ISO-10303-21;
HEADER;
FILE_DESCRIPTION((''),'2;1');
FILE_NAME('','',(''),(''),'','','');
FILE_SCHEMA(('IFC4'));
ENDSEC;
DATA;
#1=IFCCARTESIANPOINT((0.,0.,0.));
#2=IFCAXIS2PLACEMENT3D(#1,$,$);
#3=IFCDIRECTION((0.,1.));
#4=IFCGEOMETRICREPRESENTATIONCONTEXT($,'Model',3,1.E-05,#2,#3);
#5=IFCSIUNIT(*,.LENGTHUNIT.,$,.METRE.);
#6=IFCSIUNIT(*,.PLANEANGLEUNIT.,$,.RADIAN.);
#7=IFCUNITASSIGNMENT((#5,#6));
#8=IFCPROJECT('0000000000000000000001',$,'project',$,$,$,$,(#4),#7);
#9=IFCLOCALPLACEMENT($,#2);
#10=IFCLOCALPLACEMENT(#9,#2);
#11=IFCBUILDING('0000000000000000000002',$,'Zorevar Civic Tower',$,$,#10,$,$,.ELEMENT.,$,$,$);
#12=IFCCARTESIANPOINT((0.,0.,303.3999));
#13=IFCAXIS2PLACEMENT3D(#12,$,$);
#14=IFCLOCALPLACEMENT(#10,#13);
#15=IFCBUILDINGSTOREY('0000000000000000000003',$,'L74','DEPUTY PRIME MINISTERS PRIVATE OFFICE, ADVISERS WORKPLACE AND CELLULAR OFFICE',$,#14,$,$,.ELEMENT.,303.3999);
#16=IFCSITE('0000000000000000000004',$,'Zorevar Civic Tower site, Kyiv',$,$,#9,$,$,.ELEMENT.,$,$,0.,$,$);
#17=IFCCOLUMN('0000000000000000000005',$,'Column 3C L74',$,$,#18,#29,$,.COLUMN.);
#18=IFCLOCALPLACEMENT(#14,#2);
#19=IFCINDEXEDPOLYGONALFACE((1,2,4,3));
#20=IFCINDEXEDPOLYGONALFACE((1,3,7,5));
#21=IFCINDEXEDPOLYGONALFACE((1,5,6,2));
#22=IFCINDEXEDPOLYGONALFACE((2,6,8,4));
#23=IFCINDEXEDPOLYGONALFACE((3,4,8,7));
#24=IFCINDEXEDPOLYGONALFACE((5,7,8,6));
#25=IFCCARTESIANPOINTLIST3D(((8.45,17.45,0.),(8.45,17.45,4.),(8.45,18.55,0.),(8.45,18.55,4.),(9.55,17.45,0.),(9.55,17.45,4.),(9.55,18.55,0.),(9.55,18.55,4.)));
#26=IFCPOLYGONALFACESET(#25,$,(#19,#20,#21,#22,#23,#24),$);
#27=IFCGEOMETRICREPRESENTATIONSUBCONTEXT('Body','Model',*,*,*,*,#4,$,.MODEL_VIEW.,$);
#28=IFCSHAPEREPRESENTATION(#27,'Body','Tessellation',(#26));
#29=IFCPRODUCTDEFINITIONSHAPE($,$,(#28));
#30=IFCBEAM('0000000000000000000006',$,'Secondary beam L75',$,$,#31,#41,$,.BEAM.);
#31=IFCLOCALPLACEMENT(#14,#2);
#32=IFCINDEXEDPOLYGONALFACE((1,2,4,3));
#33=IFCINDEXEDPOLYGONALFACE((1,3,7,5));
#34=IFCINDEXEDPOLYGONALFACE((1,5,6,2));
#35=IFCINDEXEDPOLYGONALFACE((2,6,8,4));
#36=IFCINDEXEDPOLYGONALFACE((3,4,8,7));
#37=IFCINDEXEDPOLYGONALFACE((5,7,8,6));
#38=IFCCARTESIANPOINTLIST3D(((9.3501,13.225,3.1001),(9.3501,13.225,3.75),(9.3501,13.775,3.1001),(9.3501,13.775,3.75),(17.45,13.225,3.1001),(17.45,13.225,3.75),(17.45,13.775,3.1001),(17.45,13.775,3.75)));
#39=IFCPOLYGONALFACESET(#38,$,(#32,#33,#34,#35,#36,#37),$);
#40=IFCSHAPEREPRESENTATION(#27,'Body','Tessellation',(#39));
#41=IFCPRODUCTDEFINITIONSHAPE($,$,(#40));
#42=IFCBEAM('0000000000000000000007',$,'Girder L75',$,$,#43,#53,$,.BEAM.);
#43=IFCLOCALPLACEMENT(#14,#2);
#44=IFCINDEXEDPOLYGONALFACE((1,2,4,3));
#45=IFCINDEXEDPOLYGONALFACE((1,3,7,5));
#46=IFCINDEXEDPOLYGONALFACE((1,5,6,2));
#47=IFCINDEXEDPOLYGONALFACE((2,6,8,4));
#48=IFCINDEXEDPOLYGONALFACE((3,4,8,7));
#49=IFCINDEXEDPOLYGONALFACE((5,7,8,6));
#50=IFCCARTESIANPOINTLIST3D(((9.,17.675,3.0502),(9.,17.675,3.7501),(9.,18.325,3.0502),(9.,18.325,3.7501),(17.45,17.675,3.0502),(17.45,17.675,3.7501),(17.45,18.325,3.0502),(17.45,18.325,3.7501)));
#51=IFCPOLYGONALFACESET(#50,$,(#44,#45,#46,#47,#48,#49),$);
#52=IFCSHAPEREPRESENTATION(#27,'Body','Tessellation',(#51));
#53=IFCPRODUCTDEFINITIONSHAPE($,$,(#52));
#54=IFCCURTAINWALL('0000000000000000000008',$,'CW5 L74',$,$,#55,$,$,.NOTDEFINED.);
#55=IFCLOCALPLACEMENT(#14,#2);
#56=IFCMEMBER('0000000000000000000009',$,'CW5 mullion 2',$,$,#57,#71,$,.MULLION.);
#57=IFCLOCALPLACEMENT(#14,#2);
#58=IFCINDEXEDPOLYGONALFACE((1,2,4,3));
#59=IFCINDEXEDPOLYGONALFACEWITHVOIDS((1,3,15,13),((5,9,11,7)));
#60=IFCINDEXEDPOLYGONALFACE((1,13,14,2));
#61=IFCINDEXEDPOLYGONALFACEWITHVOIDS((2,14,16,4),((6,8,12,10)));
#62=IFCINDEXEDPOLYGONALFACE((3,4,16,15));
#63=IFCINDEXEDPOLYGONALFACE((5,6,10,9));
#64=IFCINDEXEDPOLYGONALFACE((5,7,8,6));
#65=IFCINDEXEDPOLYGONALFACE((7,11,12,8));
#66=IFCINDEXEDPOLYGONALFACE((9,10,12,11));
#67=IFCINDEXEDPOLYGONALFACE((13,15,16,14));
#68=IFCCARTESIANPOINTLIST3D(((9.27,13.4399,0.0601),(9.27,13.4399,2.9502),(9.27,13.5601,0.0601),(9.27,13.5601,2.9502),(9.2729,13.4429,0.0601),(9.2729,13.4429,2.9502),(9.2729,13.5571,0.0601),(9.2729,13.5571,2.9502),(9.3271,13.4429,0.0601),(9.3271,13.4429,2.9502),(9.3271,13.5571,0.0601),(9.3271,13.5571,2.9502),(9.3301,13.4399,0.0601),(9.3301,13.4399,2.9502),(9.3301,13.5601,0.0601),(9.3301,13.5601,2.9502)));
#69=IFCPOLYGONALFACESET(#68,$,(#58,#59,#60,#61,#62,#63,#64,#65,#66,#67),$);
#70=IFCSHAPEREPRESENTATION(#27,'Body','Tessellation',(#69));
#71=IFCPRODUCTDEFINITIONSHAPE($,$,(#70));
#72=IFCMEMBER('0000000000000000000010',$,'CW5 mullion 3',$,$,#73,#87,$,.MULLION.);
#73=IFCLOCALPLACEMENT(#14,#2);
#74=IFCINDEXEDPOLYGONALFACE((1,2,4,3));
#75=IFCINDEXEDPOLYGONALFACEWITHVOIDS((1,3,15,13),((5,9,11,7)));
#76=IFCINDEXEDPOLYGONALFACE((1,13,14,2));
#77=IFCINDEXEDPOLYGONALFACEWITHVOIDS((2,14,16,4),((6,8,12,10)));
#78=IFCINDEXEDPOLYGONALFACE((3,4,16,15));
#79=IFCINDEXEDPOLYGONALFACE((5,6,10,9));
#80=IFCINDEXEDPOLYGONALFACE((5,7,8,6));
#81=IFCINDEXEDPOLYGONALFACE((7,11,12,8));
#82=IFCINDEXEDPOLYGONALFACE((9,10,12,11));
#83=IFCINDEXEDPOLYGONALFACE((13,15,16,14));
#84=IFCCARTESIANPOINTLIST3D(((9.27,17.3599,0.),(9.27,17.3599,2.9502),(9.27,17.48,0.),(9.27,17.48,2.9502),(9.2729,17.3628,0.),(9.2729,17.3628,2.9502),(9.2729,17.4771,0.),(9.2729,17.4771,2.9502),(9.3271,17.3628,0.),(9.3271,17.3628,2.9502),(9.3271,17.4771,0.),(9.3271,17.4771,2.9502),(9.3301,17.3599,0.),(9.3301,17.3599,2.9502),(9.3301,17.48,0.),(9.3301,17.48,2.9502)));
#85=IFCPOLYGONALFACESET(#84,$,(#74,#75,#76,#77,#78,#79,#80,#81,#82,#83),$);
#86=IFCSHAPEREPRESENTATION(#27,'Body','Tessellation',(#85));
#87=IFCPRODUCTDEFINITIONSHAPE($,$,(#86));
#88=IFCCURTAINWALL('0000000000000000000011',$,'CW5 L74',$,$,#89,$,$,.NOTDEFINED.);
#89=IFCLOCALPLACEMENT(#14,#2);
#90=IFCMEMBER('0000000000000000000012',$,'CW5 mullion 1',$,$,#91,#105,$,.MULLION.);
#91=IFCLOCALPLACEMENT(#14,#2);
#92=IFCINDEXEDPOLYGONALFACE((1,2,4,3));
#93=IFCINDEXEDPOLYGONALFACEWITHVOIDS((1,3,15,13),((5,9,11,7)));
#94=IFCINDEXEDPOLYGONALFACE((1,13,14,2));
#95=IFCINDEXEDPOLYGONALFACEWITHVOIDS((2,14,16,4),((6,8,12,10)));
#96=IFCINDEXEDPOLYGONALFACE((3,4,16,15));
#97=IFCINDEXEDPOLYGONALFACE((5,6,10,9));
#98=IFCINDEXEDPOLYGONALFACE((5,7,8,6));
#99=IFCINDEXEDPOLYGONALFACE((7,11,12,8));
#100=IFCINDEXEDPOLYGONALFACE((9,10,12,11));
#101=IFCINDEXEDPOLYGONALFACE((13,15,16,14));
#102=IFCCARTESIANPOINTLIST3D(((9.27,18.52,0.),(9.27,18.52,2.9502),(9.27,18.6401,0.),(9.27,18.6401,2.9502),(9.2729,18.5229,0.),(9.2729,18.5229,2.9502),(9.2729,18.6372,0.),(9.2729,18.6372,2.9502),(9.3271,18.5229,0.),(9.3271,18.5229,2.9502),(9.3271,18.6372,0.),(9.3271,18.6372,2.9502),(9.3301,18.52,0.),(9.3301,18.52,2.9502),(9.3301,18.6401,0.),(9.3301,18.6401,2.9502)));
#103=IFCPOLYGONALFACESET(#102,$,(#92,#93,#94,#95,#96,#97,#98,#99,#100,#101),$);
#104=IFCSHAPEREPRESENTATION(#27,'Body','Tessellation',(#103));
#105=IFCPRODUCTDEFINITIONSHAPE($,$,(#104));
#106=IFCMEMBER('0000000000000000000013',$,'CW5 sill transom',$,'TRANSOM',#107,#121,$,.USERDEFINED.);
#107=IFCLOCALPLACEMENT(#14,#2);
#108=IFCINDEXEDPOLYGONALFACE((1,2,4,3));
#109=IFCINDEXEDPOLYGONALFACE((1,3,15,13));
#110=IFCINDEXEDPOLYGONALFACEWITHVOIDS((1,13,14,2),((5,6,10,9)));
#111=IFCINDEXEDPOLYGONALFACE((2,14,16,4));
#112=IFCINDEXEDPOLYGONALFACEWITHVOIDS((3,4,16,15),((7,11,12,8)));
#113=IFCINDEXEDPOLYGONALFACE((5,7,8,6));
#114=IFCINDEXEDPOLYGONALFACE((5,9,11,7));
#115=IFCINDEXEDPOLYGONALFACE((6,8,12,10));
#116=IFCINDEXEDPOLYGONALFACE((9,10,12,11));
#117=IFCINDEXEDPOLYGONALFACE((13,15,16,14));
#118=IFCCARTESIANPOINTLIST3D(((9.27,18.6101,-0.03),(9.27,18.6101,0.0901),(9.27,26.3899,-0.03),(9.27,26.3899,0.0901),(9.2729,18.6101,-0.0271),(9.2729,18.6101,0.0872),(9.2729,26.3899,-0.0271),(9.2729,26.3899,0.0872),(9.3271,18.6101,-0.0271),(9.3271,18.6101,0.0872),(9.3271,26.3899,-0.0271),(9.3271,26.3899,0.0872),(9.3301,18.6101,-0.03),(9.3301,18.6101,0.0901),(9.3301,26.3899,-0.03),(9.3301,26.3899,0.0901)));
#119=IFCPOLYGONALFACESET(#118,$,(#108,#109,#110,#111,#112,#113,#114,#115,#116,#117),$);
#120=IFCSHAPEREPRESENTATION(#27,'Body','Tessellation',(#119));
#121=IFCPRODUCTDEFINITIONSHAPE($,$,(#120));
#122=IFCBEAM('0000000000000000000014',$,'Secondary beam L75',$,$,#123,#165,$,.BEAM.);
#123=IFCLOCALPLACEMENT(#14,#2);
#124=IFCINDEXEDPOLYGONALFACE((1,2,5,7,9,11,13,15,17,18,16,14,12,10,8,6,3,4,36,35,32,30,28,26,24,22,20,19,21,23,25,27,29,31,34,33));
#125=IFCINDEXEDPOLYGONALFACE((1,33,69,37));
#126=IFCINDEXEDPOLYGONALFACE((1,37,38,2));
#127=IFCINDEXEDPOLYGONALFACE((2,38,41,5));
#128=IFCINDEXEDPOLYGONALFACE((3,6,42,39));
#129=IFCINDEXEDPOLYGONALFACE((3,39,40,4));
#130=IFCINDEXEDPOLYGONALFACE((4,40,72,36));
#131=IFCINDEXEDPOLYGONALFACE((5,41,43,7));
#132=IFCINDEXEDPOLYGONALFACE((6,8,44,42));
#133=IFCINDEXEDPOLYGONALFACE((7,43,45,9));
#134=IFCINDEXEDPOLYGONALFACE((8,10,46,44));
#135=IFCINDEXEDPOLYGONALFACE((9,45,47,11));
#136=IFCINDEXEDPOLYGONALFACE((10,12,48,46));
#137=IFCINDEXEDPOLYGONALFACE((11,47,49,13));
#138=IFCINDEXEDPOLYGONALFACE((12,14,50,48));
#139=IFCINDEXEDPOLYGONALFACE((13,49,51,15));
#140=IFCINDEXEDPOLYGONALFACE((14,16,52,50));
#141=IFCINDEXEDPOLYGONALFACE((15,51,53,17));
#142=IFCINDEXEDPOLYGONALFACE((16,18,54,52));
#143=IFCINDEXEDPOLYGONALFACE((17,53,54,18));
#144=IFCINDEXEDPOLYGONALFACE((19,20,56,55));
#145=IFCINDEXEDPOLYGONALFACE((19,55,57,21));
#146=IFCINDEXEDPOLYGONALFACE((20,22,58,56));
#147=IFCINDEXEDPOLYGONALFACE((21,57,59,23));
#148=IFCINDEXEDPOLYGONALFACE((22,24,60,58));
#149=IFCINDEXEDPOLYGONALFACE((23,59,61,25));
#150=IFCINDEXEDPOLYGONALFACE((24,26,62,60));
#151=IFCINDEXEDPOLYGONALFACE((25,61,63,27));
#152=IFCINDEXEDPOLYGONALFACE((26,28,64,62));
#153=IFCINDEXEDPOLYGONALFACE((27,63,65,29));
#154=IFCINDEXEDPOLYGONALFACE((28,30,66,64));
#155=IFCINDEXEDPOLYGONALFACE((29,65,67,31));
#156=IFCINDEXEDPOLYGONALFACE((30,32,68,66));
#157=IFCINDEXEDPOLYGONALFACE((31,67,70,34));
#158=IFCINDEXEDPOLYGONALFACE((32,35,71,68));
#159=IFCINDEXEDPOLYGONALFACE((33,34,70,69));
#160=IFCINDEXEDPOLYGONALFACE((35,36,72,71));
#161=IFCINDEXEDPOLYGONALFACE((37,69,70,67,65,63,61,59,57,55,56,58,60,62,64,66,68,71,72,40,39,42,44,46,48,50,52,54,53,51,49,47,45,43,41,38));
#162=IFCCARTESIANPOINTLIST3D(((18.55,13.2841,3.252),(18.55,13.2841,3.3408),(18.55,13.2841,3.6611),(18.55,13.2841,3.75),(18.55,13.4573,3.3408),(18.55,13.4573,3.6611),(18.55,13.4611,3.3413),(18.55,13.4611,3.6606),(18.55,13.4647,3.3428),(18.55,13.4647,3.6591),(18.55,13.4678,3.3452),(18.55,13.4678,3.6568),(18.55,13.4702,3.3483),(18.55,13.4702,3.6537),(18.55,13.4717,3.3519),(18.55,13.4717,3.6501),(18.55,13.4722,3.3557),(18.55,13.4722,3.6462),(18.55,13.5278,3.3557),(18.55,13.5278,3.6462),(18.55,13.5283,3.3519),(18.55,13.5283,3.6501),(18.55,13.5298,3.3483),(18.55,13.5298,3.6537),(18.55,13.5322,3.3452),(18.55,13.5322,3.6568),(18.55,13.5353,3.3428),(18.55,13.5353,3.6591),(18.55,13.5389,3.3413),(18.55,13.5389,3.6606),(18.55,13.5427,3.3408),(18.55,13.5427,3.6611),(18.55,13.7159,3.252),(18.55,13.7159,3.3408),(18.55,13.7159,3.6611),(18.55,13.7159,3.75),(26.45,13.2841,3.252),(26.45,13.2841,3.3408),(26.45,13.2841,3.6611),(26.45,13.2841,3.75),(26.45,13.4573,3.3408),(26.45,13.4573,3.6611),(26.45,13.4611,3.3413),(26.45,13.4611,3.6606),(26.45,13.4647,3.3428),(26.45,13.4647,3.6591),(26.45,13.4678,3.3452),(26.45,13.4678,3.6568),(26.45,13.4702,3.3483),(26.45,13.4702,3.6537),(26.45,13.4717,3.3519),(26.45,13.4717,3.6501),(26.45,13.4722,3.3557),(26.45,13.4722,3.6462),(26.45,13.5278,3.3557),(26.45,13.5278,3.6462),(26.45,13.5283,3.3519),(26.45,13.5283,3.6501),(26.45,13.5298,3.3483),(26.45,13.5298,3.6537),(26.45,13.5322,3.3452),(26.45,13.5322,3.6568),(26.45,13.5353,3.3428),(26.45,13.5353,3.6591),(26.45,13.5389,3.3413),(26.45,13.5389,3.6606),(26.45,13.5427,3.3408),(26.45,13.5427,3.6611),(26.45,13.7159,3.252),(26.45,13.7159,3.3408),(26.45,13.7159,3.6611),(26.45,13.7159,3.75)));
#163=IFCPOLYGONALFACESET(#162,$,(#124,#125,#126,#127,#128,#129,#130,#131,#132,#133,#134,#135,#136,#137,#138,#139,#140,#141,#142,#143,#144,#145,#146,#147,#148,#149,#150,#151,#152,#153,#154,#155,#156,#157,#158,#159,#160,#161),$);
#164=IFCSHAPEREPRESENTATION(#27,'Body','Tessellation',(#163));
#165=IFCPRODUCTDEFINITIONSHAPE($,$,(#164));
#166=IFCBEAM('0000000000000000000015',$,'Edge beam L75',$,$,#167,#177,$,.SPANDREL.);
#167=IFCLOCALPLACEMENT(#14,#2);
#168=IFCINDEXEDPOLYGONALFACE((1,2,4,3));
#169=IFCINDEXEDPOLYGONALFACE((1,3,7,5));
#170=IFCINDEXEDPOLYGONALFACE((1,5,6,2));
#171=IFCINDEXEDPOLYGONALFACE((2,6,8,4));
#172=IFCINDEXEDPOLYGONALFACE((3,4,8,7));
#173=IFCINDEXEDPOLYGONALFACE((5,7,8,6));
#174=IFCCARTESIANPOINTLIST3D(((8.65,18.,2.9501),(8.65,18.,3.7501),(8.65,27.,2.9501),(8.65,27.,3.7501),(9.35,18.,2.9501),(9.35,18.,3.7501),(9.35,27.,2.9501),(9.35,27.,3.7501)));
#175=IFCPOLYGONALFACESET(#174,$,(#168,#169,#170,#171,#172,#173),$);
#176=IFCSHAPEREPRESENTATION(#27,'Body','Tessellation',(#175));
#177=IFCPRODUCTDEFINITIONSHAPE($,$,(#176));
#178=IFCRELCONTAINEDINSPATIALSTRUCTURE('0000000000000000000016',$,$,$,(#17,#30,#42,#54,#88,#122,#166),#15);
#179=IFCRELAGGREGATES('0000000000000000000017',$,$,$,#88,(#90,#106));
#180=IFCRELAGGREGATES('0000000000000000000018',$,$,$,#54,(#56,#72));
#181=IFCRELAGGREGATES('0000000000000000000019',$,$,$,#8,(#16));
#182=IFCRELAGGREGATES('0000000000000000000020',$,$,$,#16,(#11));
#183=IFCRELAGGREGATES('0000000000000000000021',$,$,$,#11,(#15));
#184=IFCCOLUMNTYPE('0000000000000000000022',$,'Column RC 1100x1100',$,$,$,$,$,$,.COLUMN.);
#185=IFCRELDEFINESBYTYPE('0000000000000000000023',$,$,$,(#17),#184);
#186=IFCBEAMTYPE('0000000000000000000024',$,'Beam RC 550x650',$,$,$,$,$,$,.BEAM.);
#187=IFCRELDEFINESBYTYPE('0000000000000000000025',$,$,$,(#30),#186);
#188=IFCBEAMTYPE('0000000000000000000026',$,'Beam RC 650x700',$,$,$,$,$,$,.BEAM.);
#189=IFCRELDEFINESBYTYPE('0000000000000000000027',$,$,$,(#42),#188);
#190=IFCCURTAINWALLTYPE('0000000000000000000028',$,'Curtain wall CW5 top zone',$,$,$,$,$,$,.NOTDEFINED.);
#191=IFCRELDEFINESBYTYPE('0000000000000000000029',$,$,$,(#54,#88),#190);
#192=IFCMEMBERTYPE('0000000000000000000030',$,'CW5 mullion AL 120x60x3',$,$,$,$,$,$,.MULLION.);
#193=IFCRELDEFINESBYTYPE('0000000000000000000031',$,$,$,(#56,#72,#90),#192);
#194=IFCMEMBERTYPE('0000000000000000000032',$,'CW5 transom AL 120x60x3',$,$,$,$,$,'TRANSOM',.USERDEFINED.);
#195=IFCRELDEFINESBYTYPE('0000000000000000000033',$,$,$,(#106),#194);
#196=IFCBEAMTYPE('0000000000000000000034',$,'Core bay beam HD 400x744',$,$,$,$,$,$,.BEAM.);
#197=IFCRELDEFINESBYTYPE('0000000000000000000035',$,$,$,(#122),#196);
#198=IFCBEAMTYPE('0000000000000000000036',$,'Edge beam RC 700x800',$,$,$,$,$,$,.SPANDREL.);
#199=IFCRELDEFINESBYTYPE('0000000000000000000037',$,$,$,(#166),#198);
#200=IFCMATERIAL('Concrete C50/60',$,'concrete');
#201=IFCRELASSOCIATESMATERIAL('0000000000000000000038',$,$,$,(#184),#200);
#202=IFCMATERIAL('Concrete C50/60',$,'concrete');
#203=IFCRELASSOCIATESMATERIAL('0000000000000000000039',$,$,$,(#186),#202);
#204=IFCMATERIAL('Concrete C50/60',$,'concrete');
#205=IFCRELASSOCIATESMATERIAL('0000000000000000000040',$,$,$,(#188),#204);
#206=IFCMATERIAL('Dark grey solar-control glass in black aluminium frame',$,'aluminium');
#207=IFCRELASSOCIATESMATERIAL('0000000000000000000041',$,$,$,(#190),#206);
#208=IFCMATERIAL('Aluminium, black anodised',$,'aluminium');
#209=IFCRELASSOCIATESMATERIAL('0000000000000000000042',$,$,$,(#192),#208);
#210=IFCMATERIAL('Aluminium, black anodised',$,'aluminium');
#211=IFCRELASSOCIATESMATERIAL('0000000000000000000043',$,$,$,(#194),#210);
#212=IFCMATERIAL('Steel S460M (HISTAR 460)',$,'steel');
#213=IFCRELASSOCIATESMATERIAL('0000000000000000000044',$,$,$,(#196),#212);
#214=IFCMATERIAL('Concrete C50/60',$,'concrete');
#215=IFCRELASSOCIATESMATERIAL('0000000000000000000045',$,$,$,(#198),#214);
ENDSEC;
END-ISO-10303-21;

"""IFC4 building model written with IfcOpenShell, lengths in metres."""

from ifc_helpers import new_model, si_unit, direction, frame, origin, origin_2d, place, context, subcontext, project, spatial, rectangle, hollow_rectangle, i_section, extrude, material, material_profile, profile_set, type_object, element, aggregate, save


model = new_model("IFC4")

# Units and contexts
model_context = context("Model", 3, precision=1e-05, world=origin(), true_north=direction((0.0, 1.0)))
body_context = subcontext(model_context, "Body", "Model", "MODEL_VIEW")
ifc_project = project(units=[si_unit("LENGTHUNIT", "METRE"), si_unit("PLANEANGLEUNIT", "RADIAN")], contexts=[model_context])

# Site, building, storey
site_placement = place(None, origin())
site = spatial("IfcSite", under=ifc_project, at=site_placement, Name="Zorevar Civic Tower site, Kyiv", CompositionType="ELEMENT", RefElevation=0.0)
building_placement = place(site_placement, origin())
building = spatial("IfcBuilding", under=site, at=building_placement, Name="Zorevar Civic Tower", CompositionType="ELEMENT")
storey_placement = place(building_placement, frame((0.0, 0.0, 303.3999)))
storey = spatial("IfcBuildingStorey", under=building, at=storey_placement, Name="L74", Description="DEPUTY PRIME MINISTERS PRIVATE OFFICE, ADVISERS WORKPLACE AND CELLULAR OFFICE", CompositionType="ELEMENT", Elevation=303.3999)

# Column
ifc_material_1 = material(Name="Concrete C50/60", Category="concrete")
ifc_material_profile_1 = material_profile(ifc_material_1, rectangle(XDim=1.1001, YDim=1.1001, at=origin_2d()), Name="RC 1100x1100")
ifc_profile_set_1 = profile_set([ifc_material_profile_1], Name="Concrete C50/60")
column_type = type_object("IfcColumnType", Name="Column RC 1100x1100", PredefinedType="COLUMN", material=ifc_profile_set_1)
column_placement = place(storey_placement, frame((9.0, 18.0, 0.0), z_axis=(0.0, 0.0, 1.0), x_axis=(1.0, 0.0, 0.0)))
element("IfcColumn", 1, at=column_placement, inside=storey, type_object=column_type, Name="Column 3C L74", PredefinedType="COLUMN", context=body_context, shape_type="SweptSolid", body=[
    extrude(rectangle(XDim=1.1001, YDim=1.1001, at=origin_2d()), origin(), (0.0, 0.0, 1.0), 4.0),
])

# Beams
ifc_material_2 = material(Name="Concrete C50/60", Category="concrete")
ifc_material_profile_2 = material_profile(ifc_material_2, rectangle(XDim=0.55, YDim=0.6499, at=origin_2d()), Name="RC 550x650")
ifc_profile_set_2 = profile_set([ifc_material_profile_2], Name="Concrete C50/60")
beam_type_1 = type_object("IfcBeamType", Name="Beam RC 550x650", PredefinedType="BEAM", material=ifc_profile_set_2)
beam_1_placement = place(storey_placement, frame((9.3501, 13.5, 3.425), z_axis=(1.0, 0.0, 0.0), x_axis=(0.0, 1.0, 0.0)))
element("IfcBeam", 2, at=beam_1_placement, inside=storey, type_object=beam_type_1, Name="Secondary beam L75", PredefinedType="BEAM", context=body_context, shape_type="SweptSolid", body=[
    extrude(rectangle(XDim=0.55, YDim=0.6499, at=origin_2d()), origin(), (0.0, 0.0, 1.0), 8.0999),
])
ifc_material_3 = material(Name="Concrete C50/60", Category="concrete")
ifc_material_profile_3 = material_profile(ifc_material_3, rectangle(XDim=0.6499, YDim=0.7, at=origin_2d()), Name="RC 650x700")
ifc_profile_set_3 = profile_set([ifc_material_profile_3], Name="Concrete C50/60")
beam_type_2 = type_object("IfcBeamType", Name="Beam RC 650x700", PredefinedType="BEAM", material=ifc_profile_set_3)
beam_2_placement = place(storey_placement, frame((9.0, 18.0, 3.4001), z_axis=(1.0, 0.0, 0.0), x_axis=(0.0, 1.0, 0.0)))
element("IfcBeam", 3, at=beam_2_placement, inside=storey, type_object=beam_type_2, Name="Girder L75", PredefinedType="BEAM", context=body_context, shape_type="SweptSolid", body=[
    extrude(rectangle(XDim=0.6499, YDim=0.7, at=origin_2d()), origin(), (0.0, 0.0, 1.0), 8.45),
])

# Curtain walls, members
ifc_material_4 = material(Name="Dark grey solar-control glass in black aluminium frame", Category="aluminium")
curtain_wall_type = type_object("IfcCurtainWallType", Name="Curtain wall CW5 top zone", PredefinedType="NOTDEFINED", material=ifc_material_4)
curtain_wall_1_placement = place(storey_placement, origin())
curtain_wall_1 = element("IfcCurtainWall", 4, at=curtain_wall_1_placement, inside=storey, type_object=curtain_wall_type, Name="CW5 L74", PredefinedType="NOTDEFINED")
ifc_material_5 = material(Name="Aluminium, black anodised", Category="aluminium")
ifc_material_profile_4 = material_profile(ifc_material_5, hollow_rectangle(XDim=0.0601, YDim=0.1201, WallThickness=0.0029, at=origin_2d()), Name="AL 120x60x3")
ifc_profile_set_4 = profile_set([ifc_material_profile_4], Name="Aluminium, black anodised")
member_type_1 = type_object("IfcMemberType", Name="CW5 mullion AL 120x60x3", PredefinedType="MULLION", material=ifc_profile_set_4)
member_1_placement = place(storey_placement, frame((9.3, 13.5, 0.0601), z_axis=(0.0, 0.0, 1.0), x_axis=(-1.0, 0.0, 0.0)))
member_1 = element("IfcMember", 5, at=member_1_placement, type_object=member_type_1, Name="CW5 mullion 2", PredefinedType="MULLION", context=body_context, shape_type="SweptSolid", body=[
    extrude(hollow_rectangle(XDim=0.0601, YDim=0.1201, WallThickness=0.0029, at=origin_2d()), origin(), (0.0, 0.0, 1.0), 2.8901),
])
member_2_placement = place(storey_placement, frame((9.3, 17.4199, 0.0), z_axis=(0.0, 0.0, 1.0), x_axis=(-1.0, 0.0, 0.0)))
member_2 = element("IfcMember", 6, at=member_2_placement, type_object=member_type_1, Name="CW5 mullion 3", PredefinedType="MULLION", context=body_context, shape_type="SweptSolid", body=[
    extrude(hollow_rectangle(XDim=0.0601, YDim=0.1201, WallThickness=0.0029, at=origin_2d()), origin(), (0.0, 0.0, 1.0), 2.9502),
])
curtain_wall_2_placement = place(storey_placement, origin())
curtain_wall_2 = element("IfcCurtainWall", 7, at=curtain_wall_2_placement, inside=storey, type_object=curtain_wall_type, Name="CW5 L74", PredefinedType="NOTDEFINED")
member_3_placement = place(storey_placement, frame((9.3, 18.5801, 0.0), z_axis=(0.0, 0.0, 1.0), x_axis=(-1.0, 0.0, 0.0)))
member_3 = element("IfcMember", 8, at=member_3_placement, type_object=member_type_1, Name="CW5 mullion 1", PredefinedType="MULLION", context=body_context, shape_type="SweptSolid", body=[
    extrude(hollow_rectangle(XDim=0.0601, YDim=0.1201, WallThickness=0.0029, at=origin_2d()), origin(), (0.0, 0.0, 1.0), 2.9502),
])
ifc_material_6 = material(Name="Aluminium, black anodised", Category="aluminium")
ifc_material_profile_5 = material_profile(ifc_material_6, hollow_rectangle(XDim=0.0601, YDim=0.1201, WallThickness=0.0029, at=origin_2d()), Name="AL 120x60x3")
ifc_profile_set_5 = profile_set([ifc_material_profile_5], Name="Aluminium, black anodised")
member_type_2 = type_object("IfcMemberType", Name="CW5 transom AL 120x60x3", ElementType="TRANSOM", PredefinedType="USERDEFINED", material=ifc_profile_set_5)
member_4_placement = place(storey_placement, frame((9.3, 18.6101, 0.03), z_axis=(0.0, 1.0, 0.0), x_axis=(-1.0, 0.0, 0.0)))
member_4 = element("IfcMember", 9, at=member_4_placement, type_object=member_type_2, Name="CW5 sill transom", ObjectType="TRANSOM", PredefinedType="USERDEFINED", context=body_context, shape_type="SweptSolid", body=[
    extrude(hollow_rectangle(XDim=0.0601, YDim=0.1201, WallThickness=0.0029, at=origin_2d()), origin(), (0.0, 0.0, 1.0), 7.7798),
])
aggregate(curtain_wall_2, [member_3, member_4])

# Beams
ifc_material_7 = material(Name="Steel S460M (HISTAR 460)", Category="steel")
ifc_material_profile_6 = material_profile(ifc_material_7, i_section(OverallWidth=0.4319, OverallDepth=0.498, WebThickness=0.0557, FlangeThickness=0.0889, FilletRadius=0.0149, at=origin_2d()), Name="HD 400x744")
ifc_profile_set_6 = profile_set([ifc_material_profile_6], Name="Steel S460M (HISTAR 460)")
beam_type_3 = type_object("IfcBeamType", Name="Core bay beam HD 400x744", PredefinedType="BEAM", material=ifc_profile_set_6)
beam_3_placement = place(storey_placement, frame((18.55, 13.5, 3.501), z_axis=(1.0, 0.0, 0.0), x_axis=(0.0, 1.0, 0.0)))
element("IfcBeam", 10, at=beam_3_placement, inside=storey, type_object=beam_type_3, Name="Secondary beam L75", PredefinedType="BEAM", context=body_context, shape_type="SweptSolid", body=[
    extrude(i_section(OverallWidth=0.4319, OverallDepth=0.498, WebThickness=0.0557, FlangeThickness=0.0889, FilletRadius=0.0149, at=origin_2d()), origin(), (0.0, 0.0, 1.0), 7.8999),
])
ifc_material_8 = material(Name="Concrete C50/60", Category="concrete")
ifc_material_profile_7 = material_profile(ifc_material_8, rectangle(XDim=0.7, YDim=0.8, at=origin_2d()), Name="RC 700x800")
ifc_profile_set_7 = profile_set([ifc_material_profile_7], Name="Concrete C50/60")
beam_type_4 = type_object("IfcBeamType", Name="Edge beam RC 700x800", PredefinedType="SPANDREL", material=ifc_profile_set_7)
beam_4_placement = place(storey_placement, frame((9.0, 18.0, 3.3501), z_axis=(0.0, 1.0, 0.0), x_axis=(-1.0, 0.0, 0.0)))
element("IfcBeam", 11, at=beam_4_placement, inside=storey, type_object=beam_type_4, Name="Edge beam L75", PredefinedType="SPANDREL", context=body_context, shape_type="SweptSolid", body=[
    extrude(rectangle(XDim=0.7, YDim=0.8, at=origin_2d()), origin(), (0.0, 0.0, 1.0), 9.0),
])

aggregate(curtain_wall_1, [member_1, member_2])

save(model, "model.ifc")
